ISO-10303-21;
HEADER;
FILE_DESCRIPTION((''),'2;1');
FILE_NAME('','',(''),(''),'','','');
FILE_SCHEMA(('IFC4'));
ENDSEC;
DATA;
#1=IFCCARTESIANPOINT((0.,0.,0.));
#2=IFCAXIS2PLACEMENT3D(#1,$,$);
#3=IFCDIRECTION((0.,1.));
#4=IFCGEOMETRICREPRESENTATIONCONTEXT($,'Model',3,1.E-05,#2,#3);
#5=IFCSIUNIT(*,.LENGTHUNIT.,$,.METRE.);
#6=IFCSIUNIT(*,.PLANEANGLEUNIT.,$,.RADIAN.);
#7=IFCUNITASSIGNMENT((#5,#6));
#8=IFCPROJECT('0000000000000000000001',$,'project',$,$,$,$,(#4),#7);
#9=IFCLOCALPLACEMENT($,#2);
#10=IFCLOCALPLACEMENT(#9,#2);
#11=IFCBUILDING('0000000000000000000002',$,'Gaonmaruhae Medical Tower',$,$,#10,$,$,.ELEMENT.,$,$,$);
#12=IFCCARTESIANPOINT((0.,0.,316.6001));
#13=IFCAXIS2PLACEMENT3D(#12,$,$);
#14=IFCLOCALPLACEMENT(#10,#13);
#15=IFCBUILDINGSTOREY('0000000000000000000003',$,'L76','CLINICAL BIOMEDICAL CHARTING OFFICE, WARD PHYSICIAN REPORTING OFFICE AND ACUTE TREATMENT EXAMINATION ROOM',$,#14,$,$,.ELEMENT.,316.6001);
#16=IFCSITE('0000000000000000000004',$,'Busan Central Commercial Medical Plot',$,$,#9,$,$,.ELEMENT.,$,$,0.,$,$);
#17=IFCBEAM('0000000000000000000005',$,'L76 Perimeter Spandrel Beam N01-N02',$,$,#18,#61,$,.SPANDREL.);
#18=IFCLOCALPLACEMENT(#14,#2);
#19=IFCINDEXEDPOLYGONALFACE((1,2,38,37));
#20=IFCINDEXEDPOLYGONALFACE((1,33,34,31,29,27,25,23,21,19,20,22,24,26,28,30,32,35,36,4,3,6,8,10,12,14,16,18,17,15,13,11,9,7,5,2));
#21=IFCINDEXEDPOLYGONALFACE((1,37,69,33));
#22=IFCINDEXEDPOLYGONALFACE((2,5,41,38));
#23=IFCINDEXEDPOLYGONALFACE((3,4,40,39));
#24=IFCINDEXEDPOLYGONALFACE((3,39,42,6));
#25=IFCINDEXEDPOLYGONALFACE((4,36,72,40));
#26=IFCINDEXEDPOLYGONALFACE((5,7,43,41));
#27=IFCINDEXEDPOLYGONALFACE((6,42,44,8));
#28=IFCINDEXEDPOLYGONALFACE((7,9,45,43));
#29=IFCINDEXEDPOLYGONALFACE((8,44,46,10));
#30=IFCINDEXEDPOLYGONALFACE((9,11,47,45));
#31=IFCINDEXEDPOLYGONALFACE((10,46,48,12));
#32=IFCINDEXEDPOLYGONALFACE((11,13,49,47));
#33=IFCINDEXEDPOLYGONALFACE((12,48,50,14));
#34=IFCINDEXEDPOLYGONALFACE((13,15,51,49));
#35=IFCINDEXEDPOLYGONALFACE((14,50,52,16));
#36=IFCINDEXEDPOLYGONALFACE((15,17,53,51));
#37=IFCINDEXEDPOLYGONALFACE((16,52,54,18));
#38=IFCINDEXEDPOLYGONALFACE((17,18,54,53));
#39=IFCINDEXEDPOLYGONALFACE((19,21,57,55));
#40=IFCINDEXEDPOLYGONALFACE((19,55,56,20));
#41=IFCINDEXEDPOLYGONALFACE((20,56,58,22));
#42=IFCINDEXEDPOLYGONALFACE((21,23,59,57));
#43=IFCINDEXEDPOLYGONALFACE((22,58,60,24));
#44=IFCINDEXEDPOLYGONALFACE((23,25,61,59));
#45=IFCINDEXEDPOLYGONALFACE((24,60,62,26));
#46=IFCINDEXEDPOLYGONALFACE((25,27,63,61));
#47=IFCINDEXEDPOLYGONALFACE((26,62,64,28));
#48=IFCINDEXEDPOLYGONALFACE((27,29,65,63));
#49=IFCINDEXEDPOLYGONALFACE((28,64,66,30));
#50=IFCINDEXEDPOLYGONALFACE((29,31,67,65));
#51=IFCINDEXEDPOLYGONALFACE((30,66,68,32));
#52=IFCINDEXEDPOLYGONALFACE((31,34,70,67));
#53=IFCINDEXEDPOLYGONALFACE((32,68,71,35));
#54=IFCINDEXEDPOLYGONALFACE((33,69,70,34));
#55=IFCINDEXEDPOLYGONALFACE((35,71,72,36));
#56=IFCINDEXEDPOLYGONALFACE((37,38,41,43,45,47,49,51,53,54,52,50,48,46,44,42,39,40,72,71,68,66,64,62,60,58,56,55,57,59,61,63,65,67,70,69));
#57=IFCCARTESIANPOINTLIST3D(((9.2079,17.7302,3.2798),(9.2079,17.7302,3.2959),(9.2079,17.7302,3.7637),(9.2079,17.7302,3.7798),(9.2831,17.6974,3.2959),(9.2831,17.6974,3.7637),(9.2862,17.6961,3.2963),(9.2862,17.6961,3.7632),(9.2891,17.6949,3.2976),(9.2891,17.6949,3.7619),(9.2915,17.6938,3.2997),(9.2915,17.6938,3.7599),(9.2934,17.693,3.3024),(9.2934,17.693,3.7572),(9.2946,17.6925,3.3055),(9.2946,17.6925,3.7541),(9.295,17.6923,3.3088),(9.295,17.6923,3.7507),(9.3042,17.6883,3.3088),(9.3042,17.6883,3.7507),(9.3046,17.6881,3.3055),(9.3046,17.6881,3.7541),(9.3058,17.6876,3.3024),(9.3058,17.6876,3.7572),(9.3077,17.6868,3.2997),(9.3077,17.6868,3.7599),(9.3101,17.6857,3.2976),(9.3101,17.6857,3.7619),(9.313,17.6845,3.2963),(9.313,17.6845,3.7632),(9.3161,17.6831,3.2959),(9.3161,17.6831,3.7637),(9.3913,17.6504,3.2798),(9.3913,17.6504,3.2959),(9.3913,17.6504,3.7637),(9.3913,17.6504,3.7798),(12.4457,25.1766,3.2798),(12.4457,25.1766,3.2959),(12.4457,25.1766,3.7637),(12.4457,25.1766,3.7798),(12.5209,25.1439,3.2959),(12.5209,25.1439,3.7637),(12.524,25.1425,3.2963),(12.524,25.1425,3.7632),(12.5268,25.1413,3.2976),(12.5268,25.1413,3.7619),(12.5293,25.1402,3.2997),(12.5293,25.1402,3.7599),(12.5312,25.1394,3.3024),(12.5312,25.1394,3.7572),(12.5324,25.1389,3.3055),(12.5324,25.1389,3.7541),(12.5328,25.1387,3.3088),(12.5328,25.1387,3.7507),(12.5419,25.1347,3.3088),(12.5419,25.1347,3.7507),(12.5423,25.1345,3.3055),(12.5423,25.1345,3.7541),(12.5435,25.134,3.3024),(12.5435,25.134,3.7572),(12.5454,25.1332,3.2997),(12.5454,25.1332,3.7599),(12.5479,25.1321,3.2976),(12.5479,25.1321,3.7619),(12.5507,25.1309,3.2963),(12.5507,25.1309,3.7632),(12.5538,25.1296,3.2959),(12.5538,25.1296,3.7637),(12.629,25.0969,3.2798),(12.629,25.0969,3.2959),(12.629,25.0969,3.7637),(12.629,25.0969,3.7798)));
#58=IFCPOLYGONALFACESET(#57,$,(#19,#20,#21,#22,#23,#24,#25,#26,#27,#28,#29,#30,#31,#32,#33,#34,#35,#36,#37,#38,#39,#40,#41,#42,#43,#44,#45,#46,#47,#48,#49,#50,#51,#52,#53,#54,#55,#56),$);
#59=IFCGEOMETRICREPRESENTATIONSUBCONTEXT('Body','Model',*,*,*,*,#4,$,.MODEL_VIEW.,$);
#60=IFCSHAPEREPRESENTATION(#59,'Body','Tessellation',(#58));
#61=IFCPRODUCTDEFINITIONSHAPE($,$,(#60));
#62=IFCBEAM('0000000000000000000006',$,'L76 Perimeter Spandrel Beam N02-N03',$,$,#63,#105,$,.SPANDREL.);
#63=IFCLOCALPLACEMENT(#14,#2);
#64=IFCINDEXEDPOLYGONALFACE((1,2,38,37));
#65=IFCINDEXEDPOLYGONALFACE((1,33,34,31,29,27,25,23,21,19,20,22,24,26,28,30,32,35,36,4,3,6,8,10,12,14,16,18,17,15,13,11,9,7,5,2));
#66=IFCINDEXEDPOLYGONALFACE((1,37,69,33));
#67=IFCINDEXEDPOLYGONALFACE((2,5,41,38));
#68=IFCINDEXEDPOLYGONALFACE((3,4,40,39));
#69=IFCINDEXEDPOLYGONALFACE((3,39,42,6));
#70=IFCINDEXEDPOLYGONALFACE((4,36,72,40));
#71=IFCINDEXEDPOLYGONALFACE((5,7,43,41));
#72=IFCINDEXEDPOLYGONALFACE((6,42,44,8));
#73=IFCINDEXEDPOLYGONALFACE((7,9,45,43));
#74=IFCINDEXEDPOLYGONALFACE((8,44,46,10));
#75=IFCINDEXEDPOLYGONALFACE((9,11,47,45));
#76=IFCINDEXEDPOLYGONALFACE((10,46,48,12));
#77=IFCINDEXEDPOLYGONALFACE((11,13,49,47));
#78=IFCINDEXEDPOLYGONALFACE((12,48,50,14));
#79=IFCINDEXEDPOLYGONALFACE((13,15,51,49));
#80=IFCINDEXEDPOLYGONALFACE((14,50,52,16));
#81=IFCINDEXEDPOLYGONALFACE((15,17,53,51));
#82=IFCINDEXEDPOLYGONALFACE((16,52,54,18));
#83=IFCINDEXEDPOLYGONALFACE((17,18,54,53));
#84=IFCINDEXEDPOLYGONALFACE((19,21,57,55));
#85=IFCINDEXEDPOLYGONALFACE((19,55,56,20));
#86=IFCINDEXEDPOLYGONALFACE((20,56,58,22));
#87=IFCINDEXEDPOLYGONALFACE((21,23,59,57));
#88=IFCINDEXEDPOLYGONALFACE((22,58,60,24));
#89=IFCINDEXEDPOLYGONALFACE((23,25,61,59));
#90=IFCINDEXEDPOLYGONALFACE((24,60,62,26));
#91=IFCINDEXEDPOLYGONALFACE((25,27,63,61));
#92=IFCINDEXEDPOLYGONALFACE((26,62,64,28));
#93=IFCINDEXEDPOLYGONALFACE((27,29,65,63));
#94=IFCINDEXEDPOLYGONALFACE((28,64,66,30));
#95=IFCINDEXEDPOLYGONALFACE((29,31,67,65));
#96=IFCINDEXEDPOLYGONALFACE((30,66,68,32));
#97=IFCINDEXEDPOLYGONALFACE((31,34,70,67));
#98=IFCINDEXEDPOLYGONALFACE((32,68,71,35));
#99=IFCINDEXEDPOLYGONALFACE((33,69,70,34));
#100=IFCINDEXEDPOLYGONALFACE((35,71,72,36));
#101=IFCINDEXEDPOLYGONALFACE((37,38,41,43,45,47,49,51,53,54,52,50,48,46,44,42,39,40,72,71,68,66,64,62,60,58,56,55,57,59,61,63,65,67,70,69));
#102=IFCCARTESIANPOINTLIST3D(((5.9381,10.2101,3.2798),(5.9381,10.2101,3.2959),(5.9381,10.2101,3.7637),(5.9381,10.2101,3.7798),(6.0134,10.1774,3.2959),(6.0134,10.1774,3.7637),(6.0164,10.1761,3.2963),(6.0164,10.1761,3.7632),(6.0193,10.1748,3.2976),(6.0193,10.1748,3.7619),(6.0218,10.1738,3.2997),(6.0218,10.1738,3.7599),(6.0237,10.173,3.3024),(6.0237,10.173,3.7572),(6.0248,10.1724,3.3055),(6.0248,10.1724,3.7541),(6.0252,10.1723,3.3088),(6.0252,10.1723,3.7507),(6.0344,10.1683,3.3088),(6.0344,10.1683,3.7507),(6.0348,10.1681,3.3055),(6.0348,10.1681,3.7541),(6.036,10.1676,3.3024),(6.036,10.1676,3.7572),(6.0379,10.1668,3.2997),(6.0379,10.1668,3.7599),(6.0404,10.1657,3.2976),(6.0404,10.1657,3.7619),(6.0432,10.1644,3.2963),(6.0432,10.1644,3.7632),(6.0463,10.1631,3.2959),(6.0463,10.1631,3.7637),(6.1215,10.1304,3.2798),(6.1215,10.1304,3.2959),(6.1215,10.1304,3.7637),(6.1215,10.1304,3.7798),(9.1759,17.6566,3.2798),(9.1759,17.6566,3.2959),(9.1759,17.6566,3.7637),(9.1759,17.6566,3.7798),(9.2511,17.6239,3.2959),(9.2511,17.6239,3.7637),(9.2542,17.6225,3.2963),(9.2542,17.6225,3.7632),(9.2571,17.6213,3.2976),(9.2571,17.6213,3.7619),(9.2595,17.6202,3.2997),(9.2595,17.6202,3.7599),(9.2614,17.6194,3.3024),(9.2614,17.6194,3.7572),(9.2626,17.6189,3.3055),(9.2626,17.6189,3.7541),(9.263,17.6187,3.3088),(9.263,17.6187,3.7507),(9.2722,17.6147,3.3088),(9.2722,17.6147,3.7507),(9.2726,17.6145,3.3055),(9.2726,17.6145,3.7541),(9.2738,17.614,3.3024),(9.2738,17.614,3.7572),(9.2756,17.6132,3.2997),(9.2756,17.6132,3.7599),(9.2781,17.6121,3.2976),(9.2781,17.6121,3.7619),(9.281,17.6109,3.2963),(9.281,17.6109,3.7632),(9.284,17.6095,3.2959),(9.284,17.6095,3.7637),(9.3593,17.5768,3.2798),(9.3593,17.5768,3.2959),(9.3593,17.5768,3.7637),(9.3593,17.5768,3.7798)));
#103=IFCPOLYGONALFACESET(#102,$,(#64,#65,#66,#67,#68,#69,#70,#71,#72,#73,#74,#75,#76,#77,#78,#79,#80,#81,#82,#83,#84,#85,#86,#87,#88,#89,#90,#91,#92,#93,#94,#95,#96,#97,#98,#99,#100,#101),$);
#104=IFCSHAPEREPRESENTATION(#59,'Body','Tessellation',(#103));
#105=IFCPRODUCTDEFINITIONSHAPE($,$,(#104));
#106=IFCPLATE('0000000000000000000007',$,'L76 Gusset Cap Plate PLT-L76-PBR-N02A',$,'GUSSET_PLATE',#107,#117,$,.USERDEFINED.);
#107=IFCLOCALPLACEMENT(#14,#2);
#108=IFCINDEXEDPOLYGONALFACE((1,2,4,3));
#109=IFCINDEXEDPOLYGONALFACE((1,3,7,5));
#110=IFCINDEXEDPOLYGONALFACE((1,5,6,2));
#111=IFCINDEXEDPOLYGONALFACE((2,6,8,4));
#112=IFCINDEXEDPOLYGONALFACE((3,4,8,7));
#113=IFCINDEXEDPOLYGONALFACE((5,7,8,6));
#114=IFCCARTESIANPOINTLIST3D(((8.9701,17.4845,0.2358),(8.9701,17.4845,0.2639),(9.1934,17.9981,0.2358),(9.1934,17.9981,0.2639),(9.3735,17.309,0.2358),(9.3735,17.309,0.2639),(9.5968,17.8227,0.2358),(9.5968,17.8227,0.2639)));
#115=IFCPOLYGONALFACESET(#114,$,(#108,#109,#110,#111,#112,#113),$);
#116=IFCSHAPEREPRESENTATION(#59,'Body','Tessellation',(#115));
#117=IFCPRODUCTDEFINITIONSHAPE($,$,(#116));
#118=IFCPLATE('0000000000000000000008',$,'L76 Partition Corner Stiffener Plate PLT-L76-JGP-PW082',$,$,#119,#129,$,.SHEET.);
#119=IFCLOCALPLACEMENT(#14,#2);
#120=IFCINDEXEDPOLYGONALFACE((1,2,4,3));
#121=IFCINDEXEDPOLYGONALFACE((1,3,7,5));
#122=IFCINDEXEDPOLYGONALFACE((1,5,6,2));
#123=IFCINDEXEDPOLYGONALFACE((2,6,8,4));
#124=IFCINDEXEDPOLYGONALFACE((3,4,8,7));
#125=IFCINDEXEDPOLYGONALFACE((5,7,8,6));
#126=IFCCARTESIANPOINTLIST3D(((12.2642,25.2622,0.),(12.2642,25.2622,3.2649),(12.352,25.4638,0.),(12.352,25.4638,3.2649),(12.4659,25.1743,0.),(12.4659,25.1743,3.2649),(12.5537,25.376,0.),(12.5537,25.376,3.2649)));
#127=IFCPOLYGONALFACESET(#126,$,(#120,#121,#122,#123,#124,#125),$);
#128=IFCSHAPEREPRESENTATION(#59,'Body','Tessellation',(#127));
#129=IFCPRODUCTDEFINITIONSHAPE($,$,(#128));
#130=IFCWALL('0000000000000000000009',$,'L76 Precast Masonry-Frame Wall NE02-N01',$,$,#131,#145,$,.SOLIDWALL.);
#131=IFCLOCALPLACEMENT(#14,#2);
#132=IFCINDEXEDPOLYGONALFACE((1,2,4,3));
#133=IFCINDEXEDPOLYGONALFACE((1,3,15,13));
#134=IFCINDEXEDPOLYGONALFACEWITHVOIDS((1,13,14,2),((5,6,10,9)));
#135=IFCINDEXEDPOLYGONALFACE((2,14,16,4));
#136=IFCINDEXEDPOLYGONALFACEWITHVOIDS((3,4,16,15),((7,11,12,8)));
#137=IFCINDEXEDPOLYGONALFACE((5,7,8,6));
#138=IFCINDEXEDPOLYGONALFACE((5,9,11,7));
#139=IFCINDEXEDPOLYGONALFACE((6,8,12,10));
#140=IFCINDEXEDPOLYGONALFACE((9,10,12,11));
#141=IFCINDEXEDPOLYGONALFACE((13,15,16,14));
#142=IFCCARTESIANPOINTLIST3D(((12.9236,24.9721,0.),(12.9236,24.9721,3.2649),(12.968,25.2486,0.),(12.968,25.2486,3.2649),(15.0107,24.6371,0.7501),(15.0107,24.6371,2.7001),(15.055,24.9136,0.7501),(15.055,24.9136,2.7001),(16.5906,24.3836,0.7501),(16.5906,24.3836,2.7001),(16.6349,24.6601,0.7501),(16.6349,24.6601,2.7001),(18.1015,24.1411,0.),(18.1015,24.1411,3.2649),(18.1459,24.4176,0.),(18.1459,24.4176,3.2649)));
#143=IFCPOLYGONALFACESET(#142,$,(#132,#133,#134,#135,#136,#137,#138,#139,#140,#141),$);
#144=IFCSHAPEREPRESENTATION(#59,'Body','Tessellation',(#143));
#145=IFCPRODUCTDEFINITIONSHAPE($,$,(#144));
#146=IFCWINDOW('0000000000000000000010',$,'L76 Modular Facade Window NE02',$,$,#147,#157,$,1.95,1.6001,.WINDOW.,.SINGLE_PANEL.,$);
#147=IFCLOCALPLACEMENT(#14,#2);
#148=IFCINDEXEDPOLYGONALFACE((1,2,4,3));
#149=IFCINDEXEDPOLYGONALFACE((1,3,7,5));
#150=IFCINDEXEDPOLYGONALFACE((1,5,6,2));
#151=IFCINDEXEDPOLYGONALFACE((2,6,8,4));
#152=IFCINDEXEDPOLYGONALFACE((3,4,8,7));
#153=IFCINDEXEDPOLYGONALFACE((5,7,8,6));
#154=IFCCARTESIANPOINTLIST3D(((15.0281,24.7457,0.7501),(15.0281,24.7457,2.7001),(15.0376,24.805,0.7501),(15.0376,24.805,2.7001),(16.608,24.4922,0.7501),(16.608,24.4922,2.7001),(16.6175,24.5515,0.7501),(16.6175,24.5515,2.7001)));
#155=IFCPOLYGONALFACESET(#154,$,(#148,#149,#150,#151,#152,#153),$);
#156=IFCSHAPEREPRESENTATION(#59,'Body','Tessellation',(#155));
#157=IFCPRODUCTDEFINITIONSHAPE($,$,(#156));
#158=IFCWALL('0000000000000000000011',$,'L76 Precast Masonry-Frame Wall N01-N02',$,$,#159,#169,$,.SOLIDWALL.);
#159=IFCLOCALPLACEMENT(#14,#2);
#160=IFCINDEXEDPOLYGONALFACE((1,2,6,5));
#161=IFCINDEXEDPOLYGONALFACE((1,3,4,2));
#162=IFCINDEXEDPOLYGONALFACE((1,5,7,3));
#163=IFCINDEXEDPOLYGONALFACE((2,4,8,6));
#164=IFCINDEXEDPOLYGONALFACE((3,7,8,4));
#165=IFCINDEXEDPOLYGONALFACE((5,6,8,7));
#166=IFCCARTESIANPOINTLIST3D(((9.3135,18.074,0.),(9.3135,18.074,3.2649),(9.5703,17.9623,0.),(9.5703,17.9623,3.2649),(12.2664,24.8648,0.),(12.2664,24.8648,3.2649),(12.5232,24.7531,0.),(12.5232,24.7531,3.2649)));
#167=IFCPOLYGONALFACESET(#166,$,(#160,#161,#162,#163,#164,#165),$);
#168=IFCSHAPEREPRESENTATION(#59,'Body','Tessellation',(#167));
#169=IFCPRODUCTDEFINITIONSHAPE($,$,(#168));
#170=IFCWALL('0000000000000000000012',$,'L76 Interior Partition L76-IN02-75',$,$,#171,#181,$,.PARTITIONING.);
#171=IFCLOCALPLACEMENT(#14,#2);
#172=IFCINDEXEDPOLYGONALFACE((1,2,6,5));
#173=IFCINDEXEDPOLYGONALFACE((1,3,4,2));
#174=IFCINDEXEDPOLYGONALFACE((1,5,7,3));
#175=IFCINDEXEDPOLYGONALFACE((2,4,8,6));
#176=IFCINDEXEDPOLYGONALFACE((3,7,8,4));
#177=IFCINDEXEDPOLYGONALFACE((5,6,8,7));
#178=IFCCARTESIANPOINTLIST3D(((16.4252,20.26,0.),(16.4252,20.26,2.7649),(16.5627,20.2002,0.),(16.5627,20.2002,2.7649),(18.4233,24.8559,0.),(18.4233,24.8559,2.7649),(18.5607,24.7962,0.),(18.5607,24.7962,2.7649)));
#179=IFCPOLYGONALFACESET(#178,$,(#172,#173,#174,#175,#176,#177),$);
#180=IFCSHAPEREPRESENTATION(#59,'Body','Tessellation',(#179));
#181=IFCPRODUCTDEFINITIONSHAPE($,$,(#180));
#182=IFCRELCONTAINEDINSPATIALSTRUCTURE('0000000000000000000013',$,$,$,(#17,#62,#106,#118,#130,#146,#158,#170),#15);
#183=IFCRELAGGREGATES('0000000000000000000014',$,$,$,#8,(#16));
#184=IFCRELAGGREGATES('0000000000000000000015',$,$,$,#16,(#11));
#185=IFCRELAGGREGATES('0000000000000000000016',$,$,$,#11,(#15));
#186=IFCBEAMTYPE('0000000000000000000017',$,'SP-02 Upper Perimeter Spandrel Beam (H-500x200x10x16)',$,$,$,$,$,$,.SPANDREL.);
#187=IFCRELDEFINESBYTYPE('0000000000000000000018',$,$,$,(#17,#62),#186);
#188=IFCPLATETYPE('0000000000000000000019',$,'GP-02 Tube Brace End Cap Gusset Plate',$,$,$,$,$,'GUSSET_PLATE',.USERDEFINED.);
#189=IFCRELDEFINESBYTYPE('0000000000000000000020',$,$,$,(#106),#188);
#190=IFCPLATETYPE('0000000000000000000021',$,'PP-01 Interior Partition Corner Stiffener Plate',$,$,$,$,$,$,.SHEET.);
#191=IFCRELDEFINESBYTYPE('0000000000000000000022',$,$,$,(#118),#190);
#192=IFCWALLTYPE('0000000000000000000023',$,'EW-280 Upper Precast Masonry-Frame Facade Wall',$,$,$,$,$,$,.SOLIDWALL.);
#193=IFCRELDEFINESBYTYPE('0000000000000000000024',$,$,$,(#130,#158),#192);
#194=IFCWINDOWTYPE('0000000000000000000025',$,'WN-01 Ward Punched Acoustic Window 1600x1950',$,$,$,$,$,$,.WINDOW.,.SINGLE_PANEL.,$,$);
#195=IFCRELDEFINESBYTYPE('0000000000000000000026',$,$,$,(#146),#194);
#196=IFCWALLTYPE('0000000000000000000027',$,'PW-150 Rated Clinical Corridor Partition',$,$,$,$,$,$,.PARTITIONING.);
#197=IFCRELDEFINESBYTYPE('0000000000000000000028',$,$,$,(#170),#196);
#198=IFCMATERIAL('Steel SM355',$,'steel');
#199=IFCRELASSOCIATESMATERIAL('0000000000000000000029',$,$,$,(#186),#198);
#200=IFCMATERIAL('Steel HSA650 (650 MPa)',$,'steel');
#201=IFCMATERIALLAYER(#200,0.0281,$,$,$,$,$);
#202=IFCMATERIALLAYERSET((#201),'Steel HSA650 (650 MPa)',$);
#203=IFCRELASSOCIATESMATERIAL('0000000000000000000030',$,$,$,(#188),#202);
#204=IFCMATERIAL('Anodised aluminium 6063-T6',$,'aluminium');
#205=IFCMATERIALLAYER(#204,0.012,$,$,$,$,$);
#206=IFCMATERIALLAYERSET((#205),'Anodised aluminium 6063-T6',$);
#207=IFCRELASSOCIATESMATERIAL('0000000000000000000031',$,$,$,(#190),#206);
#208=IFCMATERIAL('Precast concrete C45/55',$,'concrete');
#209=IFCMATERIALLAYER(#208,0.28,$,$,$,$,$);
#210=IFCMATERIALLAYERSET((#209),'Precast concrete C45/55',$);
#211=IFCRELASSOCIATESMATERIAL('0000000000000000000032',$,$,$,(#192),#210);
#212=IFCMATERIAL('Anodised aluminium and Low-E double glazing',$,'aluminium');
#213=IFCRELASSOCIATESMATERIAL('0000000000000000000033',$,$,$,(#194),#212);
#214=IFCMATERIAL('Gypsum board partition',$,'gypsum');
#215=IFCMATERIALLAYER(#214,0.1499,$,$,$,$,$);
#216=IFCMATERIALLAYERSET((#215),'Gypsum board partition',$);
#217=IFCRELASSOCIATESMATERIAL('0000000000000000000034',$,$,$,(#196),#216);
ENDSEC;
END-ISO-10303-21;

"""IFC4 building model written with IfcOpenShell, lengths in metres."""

from ifc_helpers import new_model, si_unit, direction, frame, frame_2d, origin, origin_2d, place, context, subcontext, project, spatial, rectangle, i_section, extrude, material, layer, layer_set, material_profile, profile_set, type_object, element, fill, save


model = new_model("IFC4")

# Units and contexts
model_context = context("Model", 3, precision=1e-05, world=origin(), true_north=direction((0.0, 1.0)))
body_context = subcontext(model_context, "Body", "Model", "MODEL_VIEW")
ifc_project = project(units=[si_unit("LENGTHUNIT", "METRE"), si_unit("PLANEANGLEUNIT", "RADIAN")], contexts=[model_context])

# Site, building, storey
site_placement = place(None, origin())
site = spatial("IfcSite", under=ifc_project, at=site_placement, Name="Busan Central Commercial Medical Plot", CompositionType="ELEMENT", RefElevation=0.0)
building_placement = place(site_placement, origin())
building = spatial("IfcBuilding", under=site, at=building_placement, Name="Gaonmaruhae Medical Tower", CompositionType="ELEMENT")
storey_placement = place(building_placement, frame((0.0, 0.0, 316.6001)))
storey = spatial("IfcBuildingStorey", under=building, at=storey_placement, Name="L76", Description="CLINICAL BIOMEDICAL CHARTING OFFICE, WARD PHYSICIAN REPORTING OFFICE AND ACUTE TREATMENT EXAMINATION ROOM", CompositionType="ELEMENT", Elevation=316.6001)

# Shared definitions
ifc_material_1 = material(Name="Steel SM355", Category="steel")

# Beams
ifc_material_profile_1 = material_profile(ifc_material_1, i_section(OverallWidth=0.2, OverallDepth=0.5, WebThickness=0.01, FlangeThickness=0.0161, FilletRadius=0.0129, at=origin_2d()), Name="H-500x200x10x16")
ifc_profile_set_1 = profile_set([ifc_material_profile_1], Name="Steel SM355")
beam_type_1 = type_object("IfcBeamType", Name="SP-02 Upper Perimeter Spandrel Beam (H-500x200x10x16)", PredefinedType="SPANDREL", material=ifc_profile_set_1)
for number, where, z_axis, x_axis, name in (
    (1, (12.5374, 25.1367, 3.5298), (-0.398744, -0.917062, 0.0), (0.917062, -0.398744, 0.0), "L76 Perimeter Spandrel Beam N01-N02"),
    (2, (9.2676, 17.6167, 3.5298), (-0.398744, -0.917062, 0.0), (0.917062, -0.398744, 0.0), "L76 Perimeter Spandrel Beam N02-N03"),
):
    element("IfcBeam", number, at=place(storey_placement, frame(where, z_axis=z_axis, x_axis=x_axis)), inside=storey, type_object=beam_type_1, Name=name, PredefinedType="SPANDREL", context=body_context, shape_type="SweptSolid", body=[
        extrude(i_section(OverallWidth=0.2, OverallDepth=0.5, WebThickness=0.01, FlangeThickness=0.0161, FilletRadius=0.0129, at=origin_2d()), origin(), (0.0, 0.0, 1.0), 8.1199),
    ])

# Plates
ifc_material_2 = material(Name="Steel HSA650 (650 MPa)", Category="steel")
ifc_layer_1 = layer(ifc_material_2, 0.0281)
ifc_layer_set_1 = layer_set([ifc_layer_1], Name="Steel HSA650 (650 MPa)")
plate_type_1 = type_object("IfcPlateType", Name="GP-02 Tube Brace End Cap Gusset Plate", ElementType="GUSSET_PLATE", PredefinedType="USERDEFINED", material=ifc_layer_set_1)
plate_1_placement = place(storey_placement, frame((9.2834, 17.6536, 0.2358), z_axis=(0.0, 0.0, 1.0), x_axis=(0.398749, 0.91706, 0.0)))
element("IfcPlate", 3, at=plate_1_placement, inside=storey, type_object=plate_type_1, Name="L76 Gusset Cap Plate PLT-L76-PBR-N02A", ObjectType="GUSSET_PLATE", PredefinedType="USERDEFINED", context=body_context, shape_type="SweptSolid", body=[
    extrude(rectangle(XDim=0.5601, YDim=0.4399, at=origin_2d()), origin(), (0.0, 0.0, 1.0), 0.0281),
])
ifc_material_3 = material(Name="Anodised aluminium 6063-T6", Category="aluminium")
ifc_layer_2 = layer(ifc_material_3, 0.012)
ifc_layer_set_2 = layer_set([ifc_layer_2], Name="Anodised aluminium 6063-T6")
plate_type_2 = type_object("IfcPlateType", Name="PP-01 Interior Partition Corner Stiffener Plate", PredefinedType="SHEET", material=ifc_layer_set_2)
plate_2_placement = place(storey_placement, frame((12.4089, 25.3191, 0.0), z_axis=(0.0, 0.0, 1.0), x_axis=(0.399261, 0.916837, 0.0)))
element("IfcPlate", 4, at=plate_2_placement, inside=storey, type_object=plate_type_2, Name="L76 Partition Corner Stiffener Plate PLT-L76-JGP-PW082", PredefinedType="SHEET", context=body_context, shape_type="SweptSolid", body=[
    extrude(rectangle(XDim=0.22, YDim=0.22, at=origin_2d()), origin(), (0.0, 0.0, 1.0), 3.2649),
])

# Wall, opening, window
ifc_material_4 = material(Name="Precast concrete C45/55", Category="concrete")
ifc_layer_3 = layer(ifc_material_4, 0.28)
ifc_layer_set_3 = layer_set([ifc_layer_3], Name="Precast concrete C45/55")
wall_type_1 = type_object("IfcWallType", Name="EW-280 Upper Precast Masonry-Frame Facade Wall", PredefinedType="SOLIDWALL", material=ifc_layer_set_3)
wall_1_placement = place(storey_placement, frame((12.9458, 25.1104, 0.0), z_axis=(0.0, 0.0, 1.0), x_axis=(0.987364, -0.15847, 0.0)))
wall_1 = element("IfcWall", 5, at=wall_1_placement, inside=storey, type_object=wall_type_1, Name="L76 Precast Masonry-Frame Wall NE02-N01", PredefinedType="SOLIDWALL", context=body_context, shape_type="SweptSolid", body=[
    extrude(rectangle(XDim=5.2441, YDim=0.28, at=frame_2d((2.6221, 0.0))), origin(), (0.0, 0.0, 1.0), 3.2649),
])
opening_1_placement = place(wall_1_placement, frame((2.1138, 0.0, 0.75)))
opening_1 = element("IfcOpeningElement", 6, at=opening_1_placement, cuts=wall_1, PredefinedType="OPENING", context=body_context, shape_type="SweptSolid", body=[
    extrude(rectangle(XDim=1.6001, YDim=1.95, at=frame_2d((0.8, 0.9751))), frame((0.0, 0.1499, 0.0), z_axis=(0.0, -1.0, 0.0), x_axis=(1.0, 0.0, 0.0)), (0.0, 0.0, 1.0), 0.3),
])
ifc_material_5 = material(Name="Anodised aluminium and Low-E double glazing", Category="aluminium")
window_type = type_object("IfcWindowType", Name="WN-01 Ward Punched Acoustic Window 1600x1950", PartitioningType="SINGLE_PANEL", PredefinedType="WINDOW", material=ifc_material_5)
window_placement = place(opening_1_placement, origin())
window = element("IfcWindow", 7, at=window_placement, inside=storey, type_object=window_type, Name="L76 Modular Facade Window NE02", OverallHeight=1.95, OverallWidth=1.6001, PartitioningType="SINGLE_PANEL", PredefinedType="WINDOW", context=body_context, shape_type="SweptSolid", body=[
    extrude(rectangle(XDim=1.6001, YDim=1.95, at=frame_2d((0.8, 0.9751))), frame((0.0, 0.03, 0.0), z_axis=(0.0, -1.0, 0.0), x_axis=(1.0, 0.0, 0.0)), (0.0, 0.0, 1.0), 0.0601),
])
fill(opening_1, window)

# Walls
wall_2_placement = place(storey_placement, frame((9.4419, 18.0181, 0.0), z_axis=(0.0, 0.0, 1.0), x_axis=(0.398768, 0.917052, 0.0)))
element("IfcWall", 8, at=wall_2_placement, inside=storey, type_object=wall_type_1, Name="L76 Precast Masonry-Frame Wall N01-N02", PredefinedType="SOLIDWALL", context=body_context, shape_type="SweptSolid", body=[
    extrude(rectangle(XDim=7.405, YDim=0.28, at=frame_2d((3.7026, 0.0))), origin(), (0.0, 0.0, 1.0), 3.2649),
])
ifc_material_6 = material(Name="Gypsum board partition", Category="gypsum")
ifc_layer_4 = layer(ifc_material_6, 0.1499)
ifc_layer_set_4 = layer_set([ifc_layer_4], Name="Gypsum board partition")
wall_type_2 = type_object("IfcWallType", Name="PW-150 Rated Clinical Corridor Partition", PredefinedType="PARTITIONING", material=ifc_layer_set_4)
wall_3_placement = place(storey_placement, frame((16.4939, 20.23, 0.0), z_axis=(0.0, 0.0, 1.0), x_axis=(0.398694, 0.917084, 0.0)))
element("IfcWall", 9, at=wall_3_placement, inside=storey, type_object=wall_type_2, Name="L76 Interior Partition L76-IN02-75", PredefinedType="PARTITIONING", context=body_context, shape_type="SweptSolid", body=[
    extrude(rectangle(XDim=5.0115, YDim=0.1499, at=frame_2d((2.5059, 0.0))), origin(), (0.0, 0.0, 1.0), 2.7649),
])

save(model, "model.ifc")
